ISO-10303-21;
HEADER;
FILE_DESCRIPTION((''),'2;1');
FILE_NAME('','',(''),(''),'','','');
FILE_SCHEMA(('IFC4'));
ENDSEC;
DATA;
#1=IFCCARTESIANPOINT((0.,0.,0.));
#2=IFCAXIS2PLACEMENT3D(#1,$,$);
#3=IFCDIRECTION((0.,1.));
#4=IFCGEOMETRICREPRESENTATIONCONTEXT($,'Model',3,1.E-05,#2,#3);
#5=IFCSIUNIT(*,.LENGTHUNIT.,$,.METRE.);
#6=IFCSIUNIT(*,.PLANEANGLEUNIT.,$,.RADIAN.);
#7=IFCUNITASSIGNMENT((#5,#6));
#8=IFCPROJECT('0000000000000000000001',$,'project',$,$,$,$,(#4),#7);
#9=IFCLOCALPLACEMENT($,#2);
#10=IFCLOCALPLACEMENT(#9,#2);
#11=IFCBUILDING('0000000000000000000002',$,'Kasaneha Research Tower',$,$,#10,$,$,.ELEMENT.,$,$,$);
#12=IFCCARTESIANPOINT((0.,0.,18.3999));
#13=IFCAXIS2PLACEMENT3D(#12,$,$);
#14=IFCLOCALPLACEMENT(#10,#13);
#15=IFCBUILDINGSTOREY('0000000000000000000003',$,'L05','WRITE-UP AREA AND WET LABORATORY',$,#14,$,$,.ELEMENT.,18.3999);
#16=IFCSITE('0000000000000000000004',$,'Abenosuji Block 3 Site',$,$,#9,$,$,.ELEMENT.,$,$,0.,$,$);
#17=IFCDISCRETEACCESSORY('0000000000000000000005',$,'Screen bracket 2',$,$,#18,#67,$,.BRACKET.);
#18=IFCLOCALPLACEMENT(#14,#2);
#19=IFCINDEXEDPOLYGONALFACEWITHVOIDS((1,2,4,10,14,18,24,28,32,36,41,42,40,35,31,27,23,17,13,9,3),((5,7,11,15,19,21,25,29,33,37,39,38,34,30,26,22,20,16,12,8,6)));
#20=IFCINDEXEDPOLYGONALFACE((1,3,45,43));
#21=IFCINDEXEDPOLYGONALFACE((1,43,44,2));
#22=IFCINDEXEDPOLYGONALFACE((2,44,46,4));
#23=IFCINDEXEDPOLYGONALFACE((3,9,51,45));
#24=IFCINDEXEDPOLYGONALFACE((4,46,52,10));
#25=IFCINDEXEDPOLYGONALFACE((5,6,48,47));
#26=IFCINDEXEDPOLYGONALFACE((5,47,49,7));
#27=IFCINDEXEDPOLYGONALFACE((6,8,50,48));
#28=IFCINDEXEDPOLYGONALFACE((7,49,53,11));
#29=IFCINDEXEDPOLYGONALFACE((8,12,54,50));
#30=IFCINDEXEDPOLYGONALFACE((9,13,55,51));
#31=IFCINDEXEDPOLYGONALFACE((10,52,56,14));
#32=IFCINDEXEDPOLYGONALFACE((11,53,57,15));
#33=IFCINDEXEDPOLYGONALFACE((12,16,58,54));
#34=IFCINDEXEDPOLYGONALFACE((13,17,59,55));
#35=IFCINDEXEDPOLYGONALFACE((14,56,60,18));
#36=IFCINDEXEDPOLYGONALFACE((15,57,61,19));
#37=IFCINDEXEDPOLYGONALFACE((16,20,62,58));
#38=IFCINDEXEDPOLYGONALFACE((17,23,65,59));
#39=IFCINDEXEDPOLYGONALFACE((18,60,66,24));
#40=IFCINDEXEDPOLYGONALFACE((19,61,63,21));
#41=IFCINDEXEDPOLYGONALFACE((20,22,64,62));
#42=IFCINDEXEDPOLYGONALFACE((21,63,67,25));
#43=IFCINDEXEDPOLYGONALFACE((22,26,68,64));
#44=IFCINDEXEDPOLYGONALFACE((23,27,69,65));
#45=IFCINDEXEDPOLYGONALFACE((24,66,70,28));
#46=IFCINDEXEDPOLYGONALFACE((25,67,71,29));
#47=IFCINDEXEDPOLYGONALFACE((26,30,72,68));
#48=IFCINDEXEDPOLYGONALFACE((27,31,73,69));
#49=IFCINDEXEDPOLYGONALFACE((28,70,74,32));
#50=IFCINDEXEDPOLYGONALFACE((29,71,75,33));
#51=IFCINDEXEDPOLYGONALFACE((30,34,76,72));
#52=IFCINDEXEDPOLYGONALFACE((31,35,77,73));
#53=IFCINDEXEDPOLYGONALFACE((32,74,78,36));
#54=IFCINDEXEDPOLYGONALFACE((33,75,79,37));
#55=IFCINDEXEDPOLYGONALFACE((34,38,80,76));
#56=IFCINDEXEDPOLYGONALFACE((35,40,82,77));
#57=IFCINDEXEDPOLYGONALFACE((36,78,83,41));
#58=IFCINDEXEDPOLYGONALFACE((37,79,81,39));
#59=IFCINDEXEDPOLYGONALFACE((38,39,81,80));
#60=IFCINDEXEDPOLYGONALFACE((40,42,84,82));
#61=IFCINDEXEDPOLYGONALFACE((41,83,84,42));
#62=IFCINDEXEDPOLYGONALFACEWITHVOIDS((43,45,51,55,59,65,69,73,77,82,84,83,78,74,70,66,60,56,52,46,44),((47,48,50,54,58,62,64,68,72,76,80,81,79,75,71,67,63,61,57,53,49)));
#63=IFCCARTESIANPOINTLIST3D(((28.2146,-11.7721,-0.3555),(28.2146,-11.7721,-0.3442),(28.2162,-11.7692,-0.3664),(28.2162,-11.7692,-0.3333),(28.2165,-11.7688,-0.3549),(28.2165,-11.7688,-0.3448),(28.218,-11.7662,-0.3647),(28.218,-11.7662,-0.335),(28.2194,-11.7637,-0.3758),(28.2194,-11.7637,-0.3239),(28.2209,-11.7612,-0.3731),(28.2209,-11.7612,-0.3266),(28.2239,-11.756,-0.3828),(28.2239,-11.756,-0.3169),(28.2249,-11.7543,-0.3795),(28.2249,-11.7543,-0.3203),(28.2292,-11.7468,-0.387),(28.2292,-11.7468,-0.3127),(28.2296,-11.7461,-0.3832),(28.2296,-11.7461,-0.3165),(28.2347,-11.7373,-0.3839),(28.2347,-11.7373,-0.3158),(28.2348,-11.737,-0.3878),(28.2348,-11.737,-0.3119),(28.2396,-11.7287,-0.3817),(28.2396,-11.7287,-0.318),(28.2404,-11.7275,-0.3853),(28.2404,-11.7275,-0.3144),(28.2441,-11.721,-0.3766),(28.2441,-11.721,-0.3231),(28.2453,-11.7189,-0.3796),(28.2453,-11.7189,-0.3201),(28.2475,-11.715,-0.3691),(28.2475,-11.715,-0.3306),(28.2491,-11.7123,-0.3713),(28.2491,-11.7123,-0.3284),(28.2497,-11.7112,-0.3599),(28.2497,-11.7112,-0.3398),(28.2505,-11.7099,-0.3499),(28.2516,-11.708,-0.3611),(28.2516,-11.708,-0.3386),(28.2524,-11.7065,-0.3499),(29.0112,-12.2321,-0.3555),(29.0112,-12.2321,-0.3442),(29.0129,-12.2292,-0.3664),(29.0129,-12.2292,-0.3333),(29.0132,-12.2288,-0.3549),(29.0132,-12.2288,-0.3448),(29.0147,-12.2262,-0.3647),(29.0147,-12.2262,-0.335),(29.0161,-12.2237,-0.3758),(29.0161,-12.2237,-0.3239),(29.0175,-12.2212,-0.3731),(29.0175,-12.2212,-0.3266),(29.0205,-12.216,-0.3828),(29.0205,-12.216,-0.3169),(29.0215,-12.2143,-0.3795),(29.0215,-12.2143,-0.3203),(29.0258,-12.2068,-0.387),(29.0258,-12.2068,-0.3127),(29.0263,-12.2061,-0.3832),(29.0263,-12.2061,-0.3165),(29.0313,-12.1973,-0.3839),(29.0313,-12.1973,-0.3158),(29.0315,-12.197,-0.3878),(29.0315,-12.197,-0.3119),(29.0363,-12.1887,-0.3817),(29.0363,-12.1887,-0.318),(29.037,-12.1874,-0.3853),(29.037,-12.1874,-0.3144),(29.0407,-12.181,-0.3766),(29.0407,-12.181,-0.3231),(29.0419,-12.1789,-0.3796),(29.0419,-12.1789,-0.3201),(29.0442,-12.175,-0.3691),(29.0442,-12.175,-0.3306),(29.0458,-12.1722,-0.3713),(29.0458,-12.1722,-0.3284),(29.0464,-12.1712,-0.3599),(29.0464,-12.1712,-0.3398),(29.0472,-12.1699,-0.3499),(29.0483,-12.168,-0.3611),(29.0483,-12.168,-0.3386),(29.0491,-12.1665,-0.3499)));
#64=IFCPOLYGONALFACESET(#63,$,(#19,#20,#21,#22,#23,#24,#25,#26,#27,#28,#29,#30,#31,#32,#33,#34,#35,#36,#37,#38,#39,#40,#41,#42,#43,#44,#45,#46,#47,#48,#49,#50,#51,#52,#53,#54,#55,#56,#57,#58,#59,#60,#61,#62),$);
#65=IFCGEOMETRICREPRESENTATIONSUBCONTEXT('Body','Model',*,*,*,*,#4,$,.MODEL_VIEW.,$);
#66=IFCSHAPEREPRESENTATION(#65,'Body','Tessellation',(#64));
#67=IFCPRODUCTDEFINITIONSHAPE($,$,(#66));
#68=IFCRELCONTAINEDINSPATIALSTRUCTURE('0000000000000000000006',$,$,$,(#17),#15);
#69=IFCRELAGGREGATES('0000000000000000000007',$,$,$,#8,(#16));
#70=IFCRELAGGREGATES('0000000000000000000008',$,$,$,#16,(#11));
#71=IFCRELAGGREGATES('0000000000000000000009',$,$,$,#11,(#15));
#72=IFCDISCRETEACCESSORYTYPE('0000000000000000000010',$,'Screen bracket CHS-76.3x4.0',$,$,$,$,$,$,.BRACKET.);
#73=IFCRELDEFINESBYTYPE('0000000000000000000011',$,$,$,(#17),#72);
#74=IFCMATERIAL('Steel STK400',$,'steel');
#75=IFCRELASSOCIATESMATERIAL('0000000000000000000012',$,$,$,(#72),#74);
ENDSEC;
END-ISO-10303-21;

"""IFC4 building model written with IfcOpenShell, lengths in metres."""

from ifc_helpers import new_model, si_unit, direction, frame, origin, origin_2d, place, context, subcontext, project, spatial, hollow_circle, extrude, material, material_profile, profile_set, type_object, element, save


model = new_model("IFC4")

# Units and contexts
model_context = context("Model", 3, precision=1e-05, world=origin(), true_north=direction((0.0, 1.0)))
body_context = subcontext(model_context, "Body", "Model", "MODEL_VIEW")
ifc_project = project(units=[si_unit("LENGTHUNIT", "METRE"), si_unit("PLANEANGLEUNIT", "RADIAN")], contexts=[model_context])

# Site, building, storey
site_placement = place(None, origin())
site = spatial("IfcSite", under=ifc_project, at=site_placement, Name="Abenosuji Block 3 Site", CompositionType="ELEMENT", RefElevation=0.0)
building_placement = place(site_placement, origin())
building = spatial("IfcBuilding", under=site, at=building_placement, Name="Kasaneha Research Tower", CompositionType="ELEMENT")
storey_placement = place(building_placement, frame((0.0, 0.0, 18.3999)))
storey = spatial("IfcBuildingStorey", under=building, at=storey_placement, Name="L05", Description="WRITE-UP AREA AND WET LABORATORY", CompositionType="ELEMENT", Elevation=18.3999)

# Discrete accessory
ifc_material_1 = material(Name="Steel STK400", Category="steel")
ifc_material_profile_1 = material_profile(ifc_material_1, hollow_circle(Radius=0.0381, WallThickness=0.0039, at=origin_2d()), Name="CHS-76.3x4.0")
ifc_profile_set_1 = profile_set([ifc_material_profile_1], Name="Steel STK400")
discrete_accessory_type = type_object("IfcDiscreteAccessoryType", Name="Screen bracket CHS-76.3x4.0", PredefinedType="BRACKET", material=ifc_profile_set_1)
for number, where, z_axis, x_axis, name in (
    (1, (28.2334, -11.7395, -0.3499), (0.866013, -0.500021, 0.0), (0.500021, 0.866013, 0.0), "Screen bracket 2"),
):
    element("IfcDiscreteAccessory", number, at=place(storey_placement, frame(where, z_axis=z_axis, x_axis=x_axis)), inside=storey, type_object=discrete_accessory_type, Name=name, PredefinedType="BRACKET", context=body_context, shape_type="SweptSolid", body=[
        extrude(hollow_circle(Radius=0.0381, WallThickness=0.0039, at=origin_2d()), origin(), (0.0, 0.0, 1.0), 0.9199),
    ])

save(model, "model.ifc")
